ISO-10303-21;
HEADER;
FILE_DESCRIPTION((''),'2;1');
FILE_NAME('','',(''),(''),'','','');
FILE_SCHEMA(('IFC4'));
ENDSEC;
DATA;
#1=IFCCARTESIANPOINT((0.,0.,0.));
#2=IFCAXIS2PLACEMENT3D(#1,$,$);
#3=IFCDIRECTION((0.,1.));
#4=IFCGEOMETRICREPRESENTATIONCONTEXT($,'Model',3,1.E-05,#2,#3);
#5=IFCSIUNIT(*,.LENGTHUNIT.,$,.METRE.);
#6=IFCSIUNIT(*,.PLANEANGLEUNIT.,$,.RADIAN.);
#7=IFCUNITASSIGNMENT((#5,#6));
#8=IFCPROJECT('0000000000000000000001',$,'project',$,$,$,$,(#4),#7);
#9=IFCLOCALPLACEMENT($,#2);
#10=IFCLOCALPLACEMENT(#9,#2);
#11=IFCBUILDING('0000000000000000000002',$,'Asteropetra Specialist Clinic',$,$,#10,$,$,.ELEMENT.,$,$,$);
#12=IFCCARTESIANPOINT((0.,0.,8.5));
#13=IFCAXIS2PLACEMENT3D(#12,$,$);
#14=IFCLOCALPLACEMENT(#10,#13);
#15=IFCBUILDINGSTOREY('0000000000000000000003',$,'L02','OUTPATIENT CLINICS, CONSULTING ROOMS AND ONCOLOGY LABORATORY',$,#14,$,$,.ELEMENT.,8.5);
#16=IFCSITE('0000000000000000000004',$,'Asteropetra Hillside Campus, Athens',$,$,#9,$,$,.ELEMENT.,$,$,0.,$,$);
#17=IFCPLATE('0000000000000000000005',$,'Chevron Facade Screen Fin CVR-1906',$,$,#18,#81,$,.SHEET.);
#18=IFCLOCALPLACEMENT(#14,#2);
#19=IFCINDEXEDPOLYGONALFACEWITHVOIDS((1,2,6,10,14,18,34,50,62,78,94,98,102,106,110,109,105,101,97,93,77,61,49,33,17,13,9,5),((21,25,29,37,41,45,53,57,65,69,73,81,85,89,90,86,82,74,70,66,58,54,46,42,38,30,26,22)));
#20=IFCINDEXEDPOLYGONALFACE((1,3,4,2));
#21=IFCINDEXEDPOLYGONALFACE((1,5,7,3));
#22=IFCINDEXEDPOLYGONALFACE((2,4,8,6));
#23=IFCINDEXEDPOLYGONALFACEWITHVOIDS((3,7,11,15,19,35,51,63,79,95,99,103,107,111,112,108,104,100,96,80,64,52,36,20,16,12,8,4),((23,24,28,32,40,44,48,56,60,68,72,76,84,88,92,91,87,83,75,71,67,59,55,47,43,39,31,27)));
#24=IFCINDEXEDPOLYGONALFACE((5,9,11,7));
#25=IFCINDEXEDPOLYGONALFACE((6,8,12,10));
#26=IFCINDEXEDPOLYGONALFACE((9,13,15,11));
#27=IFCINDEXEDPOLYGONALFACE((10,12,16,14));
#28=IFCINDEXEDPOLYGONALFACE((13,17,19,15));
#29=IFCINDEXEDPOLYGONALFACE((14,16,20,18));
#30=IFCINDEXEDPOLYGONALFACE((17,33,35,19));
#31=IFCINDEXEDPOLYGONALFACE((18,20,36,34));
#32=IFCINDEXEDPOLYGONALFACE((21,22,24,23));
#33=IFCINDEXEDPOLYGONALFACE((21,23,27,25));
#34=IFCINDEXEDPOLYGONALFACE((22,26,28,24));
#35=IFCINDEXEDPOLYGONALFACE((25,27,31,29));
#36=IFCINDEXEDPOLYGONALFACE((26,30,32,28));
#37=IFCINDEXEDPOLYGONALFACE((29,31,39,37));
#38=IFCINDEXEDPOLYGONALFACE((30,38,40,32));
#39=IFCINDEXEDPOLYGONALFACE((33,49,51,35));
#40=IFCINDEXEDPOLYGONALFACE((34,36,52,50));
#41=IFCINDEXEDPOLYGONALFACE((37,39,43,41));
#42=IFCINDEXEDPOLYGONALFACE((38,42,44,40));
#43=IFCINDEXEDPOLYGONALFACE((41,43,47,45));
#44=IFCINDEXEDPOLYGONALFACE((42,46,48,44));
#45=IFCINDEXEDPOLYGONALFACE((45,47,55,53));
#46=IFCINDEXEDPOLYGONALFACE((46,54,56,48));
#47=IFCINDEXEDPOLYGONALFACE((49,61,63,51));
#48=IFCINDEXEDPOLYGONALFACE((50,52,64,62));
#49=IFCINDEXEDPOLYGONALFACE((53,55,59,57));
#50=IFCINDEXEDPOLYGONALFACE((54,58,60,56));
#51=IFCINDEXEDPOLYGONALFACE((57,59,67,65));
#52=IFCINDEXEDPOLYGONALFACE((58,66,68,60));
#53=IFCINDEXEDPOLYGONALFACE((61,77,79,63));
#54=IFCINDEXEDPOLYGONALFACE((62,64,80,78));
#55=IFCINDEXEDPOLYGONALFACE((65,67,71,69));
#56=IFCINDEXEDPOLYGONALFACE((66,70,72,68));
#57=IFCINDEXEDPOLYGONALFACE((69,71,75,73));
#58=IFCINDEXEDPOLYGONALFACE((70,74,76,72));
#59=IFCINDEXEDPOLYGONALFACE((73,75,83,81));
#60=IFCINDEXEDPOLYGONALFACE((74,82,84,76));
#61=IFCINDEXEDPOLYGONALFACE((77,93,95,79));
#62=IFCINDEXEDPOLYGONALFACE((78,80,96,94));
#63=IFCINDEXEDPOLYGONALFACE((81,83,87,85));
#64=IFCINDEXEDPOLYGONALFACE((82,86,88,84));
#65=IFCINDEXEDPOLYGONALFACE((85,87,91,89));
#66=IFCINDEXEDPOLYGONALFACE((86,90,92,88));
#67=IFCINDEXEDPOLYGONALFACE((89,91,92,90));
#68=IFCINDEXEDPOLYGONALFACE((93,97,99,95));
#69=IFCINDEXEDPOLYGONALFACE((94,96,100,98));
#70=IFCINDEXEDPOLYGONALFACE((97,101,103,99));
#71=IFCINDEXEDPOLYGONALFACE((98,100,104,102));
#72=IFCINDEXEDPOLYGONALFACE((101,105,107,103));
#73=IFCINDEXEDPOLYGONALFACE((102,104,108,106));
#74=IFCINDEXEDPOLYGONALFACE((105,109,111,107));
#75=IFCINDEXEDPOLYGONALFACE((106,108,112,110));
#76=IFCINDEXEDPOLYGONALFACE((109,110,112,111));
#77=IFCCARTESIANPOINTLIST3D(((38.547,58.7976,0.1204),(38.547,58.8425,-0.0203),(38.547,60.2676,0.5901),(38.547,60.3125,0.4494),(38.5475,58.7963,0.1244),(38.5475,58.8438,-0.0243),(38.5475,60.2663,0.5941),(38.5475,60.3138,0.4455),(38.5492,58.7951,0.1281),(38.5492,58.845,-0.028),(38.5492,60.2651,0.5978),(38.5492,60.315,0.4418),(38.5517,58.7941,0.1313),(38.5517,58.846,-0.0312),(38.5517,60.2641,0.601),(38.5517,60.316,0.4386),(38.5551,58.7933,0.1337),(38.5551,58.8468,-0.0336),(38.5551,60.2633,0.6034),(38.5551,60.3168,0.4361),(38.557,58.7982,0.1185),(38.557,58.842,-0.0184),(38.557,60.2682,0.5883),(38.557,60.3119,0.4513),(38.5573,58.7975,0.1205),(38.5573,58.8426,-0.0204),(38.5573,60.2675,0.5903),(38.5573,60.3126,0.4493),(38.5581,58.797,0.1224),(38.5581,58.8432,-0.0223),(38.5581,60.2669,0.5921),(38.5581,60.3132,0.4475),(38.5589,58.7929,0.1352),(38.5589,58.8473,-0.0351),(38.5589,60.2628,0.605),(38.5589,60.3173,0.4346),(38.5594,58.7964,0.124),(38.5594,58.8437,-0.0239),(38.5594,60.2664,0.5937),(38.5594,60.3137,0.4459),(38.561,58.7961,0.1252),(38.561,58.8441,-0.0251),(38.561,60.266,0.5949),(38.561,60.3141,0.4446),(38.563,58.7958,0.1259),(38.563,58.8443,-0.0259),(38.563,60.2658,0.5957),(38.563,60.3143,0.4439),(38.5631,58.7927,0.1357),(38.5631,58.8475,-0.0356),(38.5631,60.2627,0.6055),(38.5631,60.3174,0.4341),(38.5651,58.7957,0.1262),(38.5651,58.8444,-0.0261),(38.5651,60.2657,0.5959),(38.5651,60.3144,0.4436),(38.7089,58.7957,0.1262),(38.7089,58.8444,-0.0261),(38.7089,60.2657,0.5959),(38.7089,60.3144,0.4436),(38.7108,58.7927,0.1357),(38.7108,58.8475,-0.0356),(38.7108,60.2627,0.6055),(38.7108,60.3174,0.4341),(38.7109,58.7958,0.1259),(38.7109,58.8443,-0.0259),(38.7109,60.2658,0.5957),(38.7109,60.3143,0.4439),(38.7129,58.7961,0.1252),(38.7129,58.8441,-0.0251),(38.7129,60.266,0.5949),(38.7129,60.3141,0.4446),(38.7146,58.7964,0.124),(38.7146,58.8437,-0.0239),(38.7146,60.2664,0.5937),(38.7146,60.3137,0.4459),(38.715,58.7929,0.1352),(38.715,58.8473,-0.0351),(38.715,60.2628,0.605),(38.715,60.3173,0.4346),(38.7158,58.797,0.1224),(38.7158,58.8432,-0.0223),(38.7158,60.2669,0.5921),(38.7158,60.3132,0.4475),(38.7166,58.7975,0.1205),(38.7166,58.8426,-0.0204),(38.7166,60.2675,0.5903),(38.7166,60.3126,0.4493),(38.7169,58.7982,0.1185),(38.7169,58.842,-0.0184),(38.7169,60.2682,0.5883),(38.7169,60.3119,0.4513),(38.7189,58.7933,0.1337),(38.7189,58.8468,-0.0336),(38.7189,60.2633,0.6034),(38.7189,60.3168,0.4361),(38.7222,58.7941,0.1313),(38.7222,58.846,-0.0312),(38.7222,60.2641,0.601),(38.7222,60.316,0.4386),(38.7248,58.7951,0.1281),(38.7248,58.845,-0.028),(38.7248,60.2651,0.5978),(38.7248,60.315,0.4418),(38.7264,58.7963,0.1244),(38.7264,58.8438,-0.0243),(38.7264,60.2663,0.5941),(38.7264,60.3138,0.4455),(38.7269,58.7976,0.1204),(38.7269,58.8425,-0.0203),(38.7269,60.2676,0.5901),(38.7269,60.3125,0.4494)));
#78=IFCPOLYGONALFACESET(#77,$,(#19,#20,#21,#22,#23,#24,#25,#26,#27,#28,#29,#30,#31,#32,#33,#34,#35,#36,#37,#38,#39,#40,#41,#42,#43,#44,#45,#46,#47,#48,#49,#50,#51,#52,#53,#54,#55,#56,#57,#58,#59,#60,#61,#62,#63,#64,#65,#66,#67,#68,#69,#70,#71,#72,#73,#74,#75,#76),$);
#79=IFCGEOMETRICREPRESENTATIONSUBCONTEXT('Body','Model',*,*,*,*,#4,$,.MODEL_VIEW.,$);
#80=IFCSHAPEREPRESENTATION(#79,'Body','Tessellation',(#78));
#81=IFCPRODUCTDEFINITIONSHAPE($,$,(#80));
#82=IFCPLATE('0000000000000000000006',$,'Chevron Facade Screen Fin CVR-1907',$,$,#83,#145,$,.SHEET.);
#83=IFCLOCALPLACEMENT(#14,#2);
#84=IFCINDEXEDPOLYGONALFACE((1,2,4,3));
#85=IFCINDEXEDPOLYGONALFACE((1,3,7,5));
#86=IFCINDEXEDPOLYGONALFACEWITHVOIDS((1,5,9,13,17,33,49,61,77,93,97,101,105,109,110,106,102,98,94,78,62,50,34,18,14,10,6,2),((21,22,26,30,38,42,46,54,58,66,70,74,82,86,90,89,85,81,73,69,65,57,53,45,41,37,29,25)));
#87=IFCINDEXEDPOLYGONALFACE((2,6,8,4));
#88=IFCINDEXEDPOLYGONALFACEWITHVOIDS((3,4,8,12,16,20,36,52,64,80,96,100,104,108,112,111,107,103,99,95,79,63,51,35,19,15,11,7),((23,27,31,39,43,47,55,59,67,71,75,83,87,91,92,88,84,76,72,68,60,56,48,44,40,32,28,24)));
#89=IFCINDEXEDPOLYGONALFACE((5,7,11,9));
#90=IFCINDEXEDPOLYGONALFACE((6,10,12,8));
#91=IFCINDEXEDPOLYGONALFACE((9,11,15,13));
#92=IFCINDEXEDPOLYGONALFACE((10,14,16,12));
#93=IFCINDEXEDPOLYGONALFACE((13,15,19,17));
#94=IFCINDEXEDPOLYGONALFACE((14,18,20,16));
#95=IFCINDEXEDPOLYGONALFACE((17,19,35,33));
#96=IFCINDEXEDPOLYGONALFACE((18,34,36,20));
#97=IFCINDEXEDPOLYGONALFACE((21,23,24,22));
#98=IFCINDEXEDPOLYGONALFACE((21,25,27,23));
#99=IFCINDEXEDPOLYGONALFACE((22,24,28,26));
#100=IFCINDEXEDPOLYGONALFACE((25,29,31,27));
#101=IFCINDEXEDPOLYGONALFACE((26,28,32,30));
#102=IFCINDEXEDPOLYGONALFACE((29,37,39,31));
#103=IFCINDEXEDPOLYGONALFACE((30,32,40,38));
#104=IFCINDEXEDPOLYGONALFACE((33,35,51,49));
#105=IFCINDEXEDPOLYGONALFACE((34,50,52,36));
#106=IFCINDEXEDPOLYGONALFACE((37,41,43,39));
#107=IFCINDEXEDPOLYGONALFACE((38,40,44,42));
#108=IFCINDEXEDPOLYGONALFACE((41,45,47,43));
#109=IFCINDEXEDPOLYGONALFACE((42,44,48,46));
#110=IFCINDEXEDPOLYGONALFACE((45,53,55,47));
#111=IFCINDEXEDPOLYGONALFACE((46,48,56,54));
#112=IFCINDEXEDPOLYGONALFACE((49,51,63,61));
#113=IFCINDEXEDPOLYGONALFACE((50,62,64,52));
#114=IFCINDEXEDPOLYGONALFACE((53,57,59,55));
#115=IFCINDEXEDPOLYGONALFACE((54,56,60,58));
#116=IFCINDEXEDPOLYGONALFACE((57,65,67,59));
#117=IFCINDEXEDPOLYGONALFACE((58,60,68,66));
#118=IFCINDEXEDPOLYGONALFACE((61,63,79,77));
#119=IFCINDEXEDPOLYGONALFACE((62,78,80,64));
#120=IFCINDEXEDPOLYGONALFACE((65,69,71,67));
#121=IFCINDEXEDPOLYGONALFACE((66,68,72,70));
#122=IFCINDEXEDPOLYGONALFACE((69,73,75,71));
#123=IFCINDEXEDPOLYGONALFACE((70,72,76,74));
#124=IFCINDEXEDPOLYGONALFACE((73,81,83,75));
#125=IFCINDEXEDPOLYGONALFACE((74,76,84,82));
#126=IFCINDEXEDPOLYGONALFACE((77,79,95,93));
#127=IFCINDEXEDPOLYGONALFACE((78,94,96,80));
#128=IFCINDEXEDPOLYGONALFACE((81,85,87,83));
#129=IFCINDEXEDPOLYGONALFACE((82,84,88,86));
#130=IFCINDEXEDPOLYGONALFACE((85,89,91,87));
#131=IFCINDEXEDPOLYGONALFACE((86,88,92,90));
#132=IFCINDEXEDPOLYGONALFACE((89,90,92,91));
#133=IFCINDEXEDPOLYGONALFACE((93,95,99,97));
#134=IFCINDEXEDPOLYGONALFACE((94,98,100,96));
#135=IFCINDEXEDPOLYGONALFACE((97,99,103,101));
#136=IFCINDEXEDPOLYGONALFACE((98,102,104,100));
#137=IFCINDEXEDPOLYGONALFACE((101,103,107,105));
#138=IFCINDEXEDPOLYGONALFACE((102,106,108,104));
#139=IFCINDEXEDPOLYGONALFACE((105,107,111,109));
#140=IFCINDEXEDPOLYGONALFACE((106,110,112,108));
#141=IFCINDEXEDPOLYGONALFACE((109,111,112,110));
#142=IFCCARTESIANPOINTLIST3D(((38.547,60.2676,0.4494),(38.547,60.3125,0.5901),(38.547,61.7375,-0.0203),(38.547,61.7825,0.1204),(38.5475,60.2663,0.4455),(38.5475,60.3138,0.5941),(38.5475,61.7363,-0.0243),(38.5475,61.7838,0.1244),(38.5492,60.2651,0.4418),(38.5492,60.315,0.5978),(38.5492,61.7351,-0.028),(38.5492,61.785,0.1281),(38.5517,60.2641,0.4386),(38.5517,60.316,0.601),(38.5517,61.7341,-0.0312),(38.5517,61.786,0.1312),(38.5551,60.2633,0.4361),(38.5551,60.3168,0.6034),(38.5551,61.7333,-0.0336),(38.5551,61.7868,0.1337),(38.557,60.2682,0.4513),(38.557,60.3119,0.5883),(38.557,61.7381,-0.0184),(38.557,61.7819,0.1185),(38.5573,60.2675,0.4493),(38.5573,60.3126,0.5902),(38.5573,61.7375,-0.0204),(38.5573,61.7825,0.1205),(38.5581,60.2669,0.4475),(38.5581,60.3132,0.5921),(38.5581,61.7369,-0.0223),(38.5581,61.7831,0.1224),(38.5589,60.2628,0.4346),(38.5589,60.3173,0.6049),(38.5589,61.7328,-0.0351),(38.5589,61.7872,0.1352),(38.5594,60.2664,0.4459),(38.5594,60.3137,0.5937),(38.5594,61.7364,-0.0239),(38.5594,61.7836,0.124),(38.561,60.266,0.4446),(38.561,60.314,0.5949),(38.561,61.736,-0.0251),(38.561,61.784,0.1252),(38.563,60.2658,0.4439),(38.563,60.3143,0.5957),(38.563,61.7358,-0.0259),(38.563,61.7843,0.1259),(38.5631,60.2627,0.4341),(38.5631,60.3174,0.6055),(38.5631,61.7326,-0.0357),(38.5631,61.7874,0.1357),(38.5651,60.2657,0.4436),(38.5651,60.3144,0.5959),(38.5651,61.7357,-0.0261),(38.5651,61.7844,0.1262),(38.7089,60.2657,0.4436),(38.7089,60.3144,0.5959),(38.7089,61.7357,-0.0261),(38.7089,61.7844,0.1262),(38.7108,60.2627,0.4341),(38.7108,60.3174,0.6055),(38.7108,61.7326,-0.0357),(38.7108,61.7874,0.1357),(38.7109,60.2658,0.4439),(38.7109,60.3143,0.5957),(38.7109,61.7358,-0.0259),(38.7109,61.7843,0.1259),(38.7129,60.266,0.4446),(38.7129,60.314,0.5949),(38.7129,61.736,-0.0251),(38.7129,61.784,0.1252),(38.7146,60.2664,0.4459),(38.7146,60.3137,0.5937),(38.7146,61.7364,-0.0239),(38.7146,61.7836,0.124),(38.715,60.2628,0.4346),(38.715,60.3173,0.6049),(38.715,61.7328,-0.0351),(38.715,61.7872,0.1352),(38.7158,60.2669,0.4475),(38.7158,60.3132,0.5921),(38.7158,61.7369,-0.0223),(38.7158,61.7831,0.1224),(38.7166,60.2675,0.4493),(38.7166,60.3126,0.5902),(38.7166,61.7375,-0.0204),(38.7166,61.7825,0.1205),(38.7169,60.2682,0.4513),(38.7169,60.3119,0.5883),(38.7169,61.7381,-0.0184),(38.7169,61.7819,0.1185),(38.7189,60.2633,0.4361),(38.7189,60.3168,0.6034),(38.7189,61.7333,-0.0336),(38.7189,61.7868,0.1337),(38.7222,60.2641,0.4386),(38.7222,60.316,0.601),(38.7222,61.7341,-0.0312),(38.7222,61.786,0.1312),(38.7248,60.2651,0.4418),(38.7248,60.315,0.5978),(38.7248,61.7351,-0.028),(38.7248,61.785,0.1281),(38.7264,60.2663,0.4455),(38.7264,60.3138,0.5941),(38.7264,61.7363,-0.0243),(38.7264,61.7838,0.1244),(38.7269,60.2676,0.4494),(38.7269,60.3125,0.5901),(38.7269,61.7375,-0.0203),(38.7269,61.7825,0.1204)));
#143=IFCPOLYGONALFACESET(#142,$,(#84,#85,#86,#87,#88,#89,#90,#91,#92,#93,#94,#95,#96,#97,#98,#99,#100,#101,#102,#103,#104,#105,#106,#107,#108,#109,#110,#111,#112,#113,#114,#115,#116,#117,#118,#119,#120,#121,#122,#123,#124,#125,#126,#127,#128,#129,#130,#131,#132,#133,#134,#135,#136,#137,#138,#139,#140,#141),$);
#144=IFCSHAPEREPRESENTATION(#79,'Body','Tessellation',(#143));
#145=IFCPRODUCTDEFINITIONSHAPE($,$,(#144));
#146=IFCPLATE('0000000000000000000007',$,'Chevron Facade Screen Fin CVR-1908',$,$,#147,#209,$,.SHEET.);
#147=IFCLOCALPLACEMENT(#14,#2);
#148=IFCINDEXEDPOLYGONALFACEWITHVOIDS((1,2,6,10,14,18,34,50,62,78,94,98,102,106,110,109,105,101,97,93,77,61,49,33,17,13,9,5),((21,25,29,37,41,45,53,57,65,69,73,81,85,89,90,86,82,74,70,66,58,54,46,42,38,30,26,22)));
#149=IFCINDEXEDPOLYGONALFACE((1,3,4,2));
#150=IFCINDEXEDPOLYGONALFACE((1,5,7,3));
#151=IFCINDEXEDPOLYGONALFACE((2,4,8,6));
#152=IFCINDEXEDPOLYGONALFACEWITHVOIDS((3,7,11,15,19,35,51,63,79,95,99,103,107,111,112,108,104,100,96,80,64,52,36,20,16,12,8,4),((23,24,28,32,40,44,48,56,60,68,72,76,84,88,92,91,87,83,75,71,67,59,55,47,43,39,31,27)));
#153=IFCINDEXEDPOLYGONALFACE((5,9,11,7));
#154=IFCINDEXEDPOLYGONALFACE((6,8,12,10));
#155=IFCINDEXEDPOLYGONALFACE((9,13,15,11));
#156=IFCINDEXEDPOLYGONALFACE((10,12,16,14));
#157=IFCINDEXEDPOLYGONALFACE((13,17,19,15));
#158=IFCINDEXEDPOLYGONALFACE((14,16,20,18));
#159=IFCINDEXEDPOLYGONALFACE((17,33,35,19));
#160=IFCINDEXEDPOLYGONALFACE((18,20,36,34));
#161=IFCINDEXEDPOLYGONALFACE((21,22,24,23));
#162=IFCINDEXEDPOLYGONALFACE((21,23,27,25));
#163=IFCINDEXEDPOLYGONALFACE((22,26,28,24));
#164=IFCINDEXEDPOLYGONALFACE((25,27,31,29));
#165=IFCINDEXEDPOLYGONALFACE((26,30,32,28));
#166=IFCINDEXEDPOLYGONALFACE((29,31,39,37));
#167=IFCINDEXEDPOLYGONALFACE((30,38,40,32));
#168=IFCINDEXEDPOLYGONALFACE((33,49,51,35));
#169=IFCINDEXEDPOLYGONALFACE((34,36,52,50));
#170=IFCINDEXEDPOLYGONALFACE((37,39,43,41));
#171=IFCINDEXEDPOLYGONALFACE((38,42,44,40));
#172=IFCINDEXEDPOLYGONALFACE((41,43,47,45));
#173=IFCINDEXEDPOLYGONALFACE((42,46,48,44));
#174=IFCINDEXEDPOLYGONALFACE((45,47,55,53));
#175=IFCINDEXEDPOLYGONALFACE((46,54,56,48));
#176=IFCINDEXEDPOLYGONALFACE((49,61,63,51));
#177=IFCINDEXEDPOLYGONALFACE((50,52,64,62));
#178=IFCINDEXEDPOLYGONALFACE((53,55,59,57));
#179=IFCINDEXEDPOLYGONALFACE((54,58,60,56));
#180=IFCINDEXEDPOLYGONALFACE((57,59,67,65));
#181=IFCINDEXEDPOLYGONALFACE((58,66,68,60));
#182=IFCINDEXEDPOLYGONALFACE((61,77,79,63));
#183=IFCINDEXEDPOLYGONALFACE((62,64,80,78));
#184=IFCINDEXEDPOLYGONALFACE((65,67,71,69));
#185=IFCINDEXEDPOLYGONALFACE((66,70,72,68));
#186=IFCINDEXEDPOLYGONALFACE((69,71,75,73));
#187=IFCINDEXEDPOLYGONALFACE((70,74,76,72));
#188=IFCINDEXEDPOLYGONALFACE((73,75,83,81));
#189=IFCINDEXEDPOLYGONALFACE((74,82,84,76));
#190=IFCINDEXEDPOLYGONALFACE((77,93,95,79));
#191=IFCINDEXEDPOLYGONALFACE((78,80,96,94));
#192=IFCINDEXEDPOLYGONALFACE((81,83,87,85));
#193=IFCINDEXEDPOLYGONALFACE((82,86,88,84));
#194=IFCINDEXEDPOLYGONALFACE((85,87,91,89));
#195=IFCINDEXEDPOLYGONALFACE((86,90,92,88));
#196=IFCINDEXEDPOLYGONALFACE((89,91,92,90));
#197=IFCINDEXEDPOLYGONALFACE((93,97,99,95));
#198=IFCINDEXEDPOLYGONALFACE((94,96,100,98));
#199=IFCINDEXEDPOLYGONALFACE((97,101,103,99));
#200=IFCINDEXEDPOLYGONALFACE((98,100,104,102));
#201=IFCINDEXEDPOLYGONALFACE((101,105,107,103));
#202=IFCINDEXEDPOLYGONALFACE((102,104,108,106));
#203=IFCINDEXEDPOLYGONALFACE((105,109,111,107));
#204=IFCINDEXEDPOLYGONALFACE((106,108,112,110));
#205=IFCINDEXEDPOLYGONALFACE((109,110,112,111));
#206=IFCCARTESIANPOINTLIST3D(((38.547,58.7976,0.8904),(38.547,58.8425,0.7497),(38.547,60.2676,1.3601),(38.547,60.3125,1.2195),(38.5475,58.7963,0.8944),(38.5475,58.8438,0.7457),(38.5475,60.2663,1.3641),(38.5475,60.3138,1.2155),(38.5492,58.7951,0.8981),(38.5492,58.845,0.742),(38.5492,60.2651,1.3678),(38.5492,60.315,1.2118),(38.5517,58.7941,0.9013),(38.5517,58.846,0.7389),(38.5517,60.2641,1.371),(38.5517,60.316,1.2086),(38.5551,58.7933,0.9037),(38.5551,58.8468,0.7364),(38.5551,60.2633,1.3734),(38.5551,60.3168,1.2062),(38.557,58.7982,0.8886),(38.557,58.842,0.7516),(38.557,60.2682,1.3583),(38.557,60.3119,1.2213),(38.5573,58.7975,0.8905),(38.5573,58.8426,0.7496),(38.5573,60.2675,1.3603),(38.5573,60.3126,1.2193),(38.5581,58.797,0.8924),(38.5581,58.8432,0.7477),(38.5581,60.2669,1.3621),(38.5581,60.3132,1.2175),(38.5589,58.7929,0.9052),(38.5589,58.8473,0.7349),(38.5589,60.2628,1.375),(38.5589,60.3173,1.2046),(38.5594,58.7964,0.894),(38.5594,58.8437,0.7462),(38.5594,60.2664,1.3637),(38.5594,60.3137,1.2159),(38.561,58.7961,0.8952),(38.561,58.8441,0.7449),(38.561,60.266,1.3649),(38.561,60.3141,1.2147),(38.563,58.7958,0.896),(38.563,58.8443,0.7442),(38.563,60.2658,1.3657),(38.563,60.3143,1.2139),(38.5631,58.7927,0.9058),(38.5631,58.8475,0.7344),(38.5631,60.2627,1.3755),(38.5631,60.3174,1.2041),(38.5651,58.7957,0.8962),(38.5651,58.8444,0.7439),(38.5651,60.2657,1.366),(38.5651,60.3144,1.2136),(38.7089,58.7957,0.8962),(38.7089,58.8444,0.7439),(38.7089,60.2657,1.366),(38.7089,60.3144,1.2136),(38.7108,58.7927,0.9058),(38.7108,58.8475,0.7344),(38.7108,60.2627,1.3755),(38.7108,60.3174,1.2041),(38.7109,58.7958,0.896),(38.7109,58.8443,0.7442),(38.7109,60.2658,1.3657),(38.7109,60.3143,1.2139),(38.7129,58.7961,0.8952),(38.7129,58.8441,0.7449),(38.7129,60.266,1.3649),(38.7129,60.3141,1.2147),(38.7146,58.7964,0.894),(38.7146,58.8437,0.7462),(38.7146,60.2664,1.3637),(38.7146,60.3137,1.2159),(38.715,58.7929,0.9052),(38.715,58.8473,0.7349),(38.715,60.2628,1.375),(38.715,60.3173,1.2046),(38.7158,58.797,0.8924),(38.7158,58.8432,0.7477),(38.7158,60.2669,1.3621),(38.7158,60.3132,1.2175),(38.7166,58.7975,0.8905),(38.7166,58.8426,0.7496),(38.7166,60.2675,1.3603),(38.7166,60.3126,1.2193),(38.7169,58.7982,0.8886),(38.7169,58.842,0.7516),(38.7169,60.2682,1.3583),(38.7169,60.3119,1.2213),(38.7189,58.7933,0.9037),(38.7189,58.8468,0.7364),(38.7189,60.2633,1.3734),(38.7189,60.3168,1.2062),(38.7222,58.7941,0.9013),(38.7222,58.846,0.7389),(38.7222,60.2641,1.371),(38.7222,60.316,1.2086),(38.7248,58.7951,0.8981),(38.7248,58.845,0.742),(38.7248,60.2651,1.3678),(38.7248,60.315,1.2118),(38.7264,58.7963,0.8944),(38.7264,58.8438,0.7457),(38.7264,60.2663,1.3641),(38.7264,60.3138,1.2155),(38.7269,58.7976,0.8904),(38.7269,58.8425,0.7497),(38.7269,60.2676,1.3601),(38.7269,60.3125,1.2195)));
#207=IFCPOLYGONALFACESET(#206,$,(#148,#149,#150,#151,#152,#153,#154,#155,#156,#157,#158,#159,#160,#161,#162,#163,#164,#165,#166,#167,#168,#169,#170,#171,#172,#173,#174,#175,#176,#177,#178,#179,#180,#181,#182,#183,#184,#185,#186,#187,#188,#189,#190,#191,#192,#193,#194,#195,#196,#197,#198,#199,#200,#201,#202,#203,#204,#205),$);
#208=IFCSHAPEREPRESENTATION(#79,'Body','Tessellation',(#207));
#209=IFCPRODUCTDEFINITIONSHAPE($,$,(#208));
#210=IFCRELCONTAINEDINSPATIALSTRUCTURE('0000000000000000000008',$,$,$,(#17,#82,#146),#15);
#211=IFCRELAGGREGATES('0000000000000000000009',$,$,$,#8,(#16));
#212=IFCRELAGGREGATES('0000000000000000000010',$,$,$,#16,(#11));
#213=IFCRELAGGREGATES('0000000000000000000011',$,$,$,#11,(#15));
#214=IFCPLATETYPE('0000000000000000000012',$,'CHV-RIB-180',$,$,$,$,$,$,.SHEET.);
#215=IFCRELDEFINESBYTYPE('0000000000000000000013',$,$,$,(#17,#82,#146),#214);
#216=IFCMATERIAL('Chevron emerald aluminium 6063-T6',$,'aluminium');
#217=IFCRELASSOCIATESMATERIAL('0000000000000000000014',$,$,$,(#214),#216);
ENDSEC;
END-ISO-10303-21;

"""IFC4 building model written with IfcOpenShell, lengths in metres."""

from ifc_helpers import new_model, si_unit, direction, frame, origin, origin_2d, place, context, subcontext, project, spatial, hollow_rectangle, extrude, material, material_profile, profile_set, type_object, element, save


model = new_model("IFC4")

# Units and contexts
model_context = context("Model", 3, precision=1e-05, world=origin(), true_north=direction((0.0, 1.0)))
body_context = subcontext(model_context, "Body", "Model", "MODEL_VIEW")
ifc_project = project(units=[si_unit("LENGTHUNIT", "METRE"), si_unit("PLANEANGLEUNIT", "RADIAN")], contexts=[model_context])

# Site, building, storey
site_placement = place(None, origin())
site = spatial("IfcSite", under=ifc_project, at=site_placement, Name="Asteropetra Hillside Campus, Athens", CompositionType="ELEMENT", RefElevation=0.0)
building_placement = place(site_placement, origin())
building = spatial("IfcBuilding", under=site, at=building_placement, Name="Asteropetra Specialist Clinic", CompositionType="ELEMENT")
storey_placement = place(building_placement, frame((0.0, 0.0, 8.5)))
storey = spatial("IfcBuildingStorey", under=building, at=storey_placement, Name="L02", Description="OUTPATIENT CLINICS, CONSULTING ROOMS AND ONCOLOGY LABORATORY", CompositionType="ELEMENT", Elevation=8.5)

# Plates
ifc_material_1 = material(Name="Chevron emerald aluminium 6063-T6", Category="aluminium")
ifc_material_profile_1 = material_profile(ifc_material_1, hollow_rectangle(XDim=0.1799, YDim=0.1799, WallThickness=0.01, InnerFilletRadius=0.0081, OuterFilletRadius=0.0161, at=origin_2d()), Name="SHS 180x180x10.0")
ifc_profile_set_1 = profile_set([ifc_material_profile_1], Name="Chevron emerald aluminium 6063-T6")
plate_type_1 = type_object("IfcPlateType", Name="CHV-RIB-180", PredefinedType="SHEET", material=ifc_profile_set_1)
for number, where, z_axis, x_axis, name in (
    (1, (38.637, 58.8201, 0.05), (0.0, 0.952549, 0.304385), (-1.0, 0.0, 0.0), "Chevron Facade Screen Fin CVR-1906"),
    (2, (38.637, 60.29, 0.5198), (0.0, 0.952549, -0.304385), (-1.0, 0.0, 0.0), "Chevron Facade Screen Fin CVR-1907"),
    (3, (38.637, 58.8201, 0.8201), (0.0, 0.952549, 0.304385), (-1.0, 0.0, 0.0), "Chevron Facade Screen Fin CVR-1908"),
):
    element("IfcPlate", number, at=place(storey_placement, frame(where, z_axis=z_axis, x_axis=x_axis)), inside=storey, type_object=plate_type_1, Name=name, PredefinedType="SHEET", context=body_context, shape_type="SweptSolid", body=[
        extrude(hollow_rectangle(XDim=0.1799, YDim=0.1799, WallThickness=0.01, InnerFilletRadius=0.0081, OuterFilletRadius=0.0161, at=origin_2d()), origin(), (0.0, 0.0, 1.0), 1.5432),
    ])

save(model, "model.ifc")
